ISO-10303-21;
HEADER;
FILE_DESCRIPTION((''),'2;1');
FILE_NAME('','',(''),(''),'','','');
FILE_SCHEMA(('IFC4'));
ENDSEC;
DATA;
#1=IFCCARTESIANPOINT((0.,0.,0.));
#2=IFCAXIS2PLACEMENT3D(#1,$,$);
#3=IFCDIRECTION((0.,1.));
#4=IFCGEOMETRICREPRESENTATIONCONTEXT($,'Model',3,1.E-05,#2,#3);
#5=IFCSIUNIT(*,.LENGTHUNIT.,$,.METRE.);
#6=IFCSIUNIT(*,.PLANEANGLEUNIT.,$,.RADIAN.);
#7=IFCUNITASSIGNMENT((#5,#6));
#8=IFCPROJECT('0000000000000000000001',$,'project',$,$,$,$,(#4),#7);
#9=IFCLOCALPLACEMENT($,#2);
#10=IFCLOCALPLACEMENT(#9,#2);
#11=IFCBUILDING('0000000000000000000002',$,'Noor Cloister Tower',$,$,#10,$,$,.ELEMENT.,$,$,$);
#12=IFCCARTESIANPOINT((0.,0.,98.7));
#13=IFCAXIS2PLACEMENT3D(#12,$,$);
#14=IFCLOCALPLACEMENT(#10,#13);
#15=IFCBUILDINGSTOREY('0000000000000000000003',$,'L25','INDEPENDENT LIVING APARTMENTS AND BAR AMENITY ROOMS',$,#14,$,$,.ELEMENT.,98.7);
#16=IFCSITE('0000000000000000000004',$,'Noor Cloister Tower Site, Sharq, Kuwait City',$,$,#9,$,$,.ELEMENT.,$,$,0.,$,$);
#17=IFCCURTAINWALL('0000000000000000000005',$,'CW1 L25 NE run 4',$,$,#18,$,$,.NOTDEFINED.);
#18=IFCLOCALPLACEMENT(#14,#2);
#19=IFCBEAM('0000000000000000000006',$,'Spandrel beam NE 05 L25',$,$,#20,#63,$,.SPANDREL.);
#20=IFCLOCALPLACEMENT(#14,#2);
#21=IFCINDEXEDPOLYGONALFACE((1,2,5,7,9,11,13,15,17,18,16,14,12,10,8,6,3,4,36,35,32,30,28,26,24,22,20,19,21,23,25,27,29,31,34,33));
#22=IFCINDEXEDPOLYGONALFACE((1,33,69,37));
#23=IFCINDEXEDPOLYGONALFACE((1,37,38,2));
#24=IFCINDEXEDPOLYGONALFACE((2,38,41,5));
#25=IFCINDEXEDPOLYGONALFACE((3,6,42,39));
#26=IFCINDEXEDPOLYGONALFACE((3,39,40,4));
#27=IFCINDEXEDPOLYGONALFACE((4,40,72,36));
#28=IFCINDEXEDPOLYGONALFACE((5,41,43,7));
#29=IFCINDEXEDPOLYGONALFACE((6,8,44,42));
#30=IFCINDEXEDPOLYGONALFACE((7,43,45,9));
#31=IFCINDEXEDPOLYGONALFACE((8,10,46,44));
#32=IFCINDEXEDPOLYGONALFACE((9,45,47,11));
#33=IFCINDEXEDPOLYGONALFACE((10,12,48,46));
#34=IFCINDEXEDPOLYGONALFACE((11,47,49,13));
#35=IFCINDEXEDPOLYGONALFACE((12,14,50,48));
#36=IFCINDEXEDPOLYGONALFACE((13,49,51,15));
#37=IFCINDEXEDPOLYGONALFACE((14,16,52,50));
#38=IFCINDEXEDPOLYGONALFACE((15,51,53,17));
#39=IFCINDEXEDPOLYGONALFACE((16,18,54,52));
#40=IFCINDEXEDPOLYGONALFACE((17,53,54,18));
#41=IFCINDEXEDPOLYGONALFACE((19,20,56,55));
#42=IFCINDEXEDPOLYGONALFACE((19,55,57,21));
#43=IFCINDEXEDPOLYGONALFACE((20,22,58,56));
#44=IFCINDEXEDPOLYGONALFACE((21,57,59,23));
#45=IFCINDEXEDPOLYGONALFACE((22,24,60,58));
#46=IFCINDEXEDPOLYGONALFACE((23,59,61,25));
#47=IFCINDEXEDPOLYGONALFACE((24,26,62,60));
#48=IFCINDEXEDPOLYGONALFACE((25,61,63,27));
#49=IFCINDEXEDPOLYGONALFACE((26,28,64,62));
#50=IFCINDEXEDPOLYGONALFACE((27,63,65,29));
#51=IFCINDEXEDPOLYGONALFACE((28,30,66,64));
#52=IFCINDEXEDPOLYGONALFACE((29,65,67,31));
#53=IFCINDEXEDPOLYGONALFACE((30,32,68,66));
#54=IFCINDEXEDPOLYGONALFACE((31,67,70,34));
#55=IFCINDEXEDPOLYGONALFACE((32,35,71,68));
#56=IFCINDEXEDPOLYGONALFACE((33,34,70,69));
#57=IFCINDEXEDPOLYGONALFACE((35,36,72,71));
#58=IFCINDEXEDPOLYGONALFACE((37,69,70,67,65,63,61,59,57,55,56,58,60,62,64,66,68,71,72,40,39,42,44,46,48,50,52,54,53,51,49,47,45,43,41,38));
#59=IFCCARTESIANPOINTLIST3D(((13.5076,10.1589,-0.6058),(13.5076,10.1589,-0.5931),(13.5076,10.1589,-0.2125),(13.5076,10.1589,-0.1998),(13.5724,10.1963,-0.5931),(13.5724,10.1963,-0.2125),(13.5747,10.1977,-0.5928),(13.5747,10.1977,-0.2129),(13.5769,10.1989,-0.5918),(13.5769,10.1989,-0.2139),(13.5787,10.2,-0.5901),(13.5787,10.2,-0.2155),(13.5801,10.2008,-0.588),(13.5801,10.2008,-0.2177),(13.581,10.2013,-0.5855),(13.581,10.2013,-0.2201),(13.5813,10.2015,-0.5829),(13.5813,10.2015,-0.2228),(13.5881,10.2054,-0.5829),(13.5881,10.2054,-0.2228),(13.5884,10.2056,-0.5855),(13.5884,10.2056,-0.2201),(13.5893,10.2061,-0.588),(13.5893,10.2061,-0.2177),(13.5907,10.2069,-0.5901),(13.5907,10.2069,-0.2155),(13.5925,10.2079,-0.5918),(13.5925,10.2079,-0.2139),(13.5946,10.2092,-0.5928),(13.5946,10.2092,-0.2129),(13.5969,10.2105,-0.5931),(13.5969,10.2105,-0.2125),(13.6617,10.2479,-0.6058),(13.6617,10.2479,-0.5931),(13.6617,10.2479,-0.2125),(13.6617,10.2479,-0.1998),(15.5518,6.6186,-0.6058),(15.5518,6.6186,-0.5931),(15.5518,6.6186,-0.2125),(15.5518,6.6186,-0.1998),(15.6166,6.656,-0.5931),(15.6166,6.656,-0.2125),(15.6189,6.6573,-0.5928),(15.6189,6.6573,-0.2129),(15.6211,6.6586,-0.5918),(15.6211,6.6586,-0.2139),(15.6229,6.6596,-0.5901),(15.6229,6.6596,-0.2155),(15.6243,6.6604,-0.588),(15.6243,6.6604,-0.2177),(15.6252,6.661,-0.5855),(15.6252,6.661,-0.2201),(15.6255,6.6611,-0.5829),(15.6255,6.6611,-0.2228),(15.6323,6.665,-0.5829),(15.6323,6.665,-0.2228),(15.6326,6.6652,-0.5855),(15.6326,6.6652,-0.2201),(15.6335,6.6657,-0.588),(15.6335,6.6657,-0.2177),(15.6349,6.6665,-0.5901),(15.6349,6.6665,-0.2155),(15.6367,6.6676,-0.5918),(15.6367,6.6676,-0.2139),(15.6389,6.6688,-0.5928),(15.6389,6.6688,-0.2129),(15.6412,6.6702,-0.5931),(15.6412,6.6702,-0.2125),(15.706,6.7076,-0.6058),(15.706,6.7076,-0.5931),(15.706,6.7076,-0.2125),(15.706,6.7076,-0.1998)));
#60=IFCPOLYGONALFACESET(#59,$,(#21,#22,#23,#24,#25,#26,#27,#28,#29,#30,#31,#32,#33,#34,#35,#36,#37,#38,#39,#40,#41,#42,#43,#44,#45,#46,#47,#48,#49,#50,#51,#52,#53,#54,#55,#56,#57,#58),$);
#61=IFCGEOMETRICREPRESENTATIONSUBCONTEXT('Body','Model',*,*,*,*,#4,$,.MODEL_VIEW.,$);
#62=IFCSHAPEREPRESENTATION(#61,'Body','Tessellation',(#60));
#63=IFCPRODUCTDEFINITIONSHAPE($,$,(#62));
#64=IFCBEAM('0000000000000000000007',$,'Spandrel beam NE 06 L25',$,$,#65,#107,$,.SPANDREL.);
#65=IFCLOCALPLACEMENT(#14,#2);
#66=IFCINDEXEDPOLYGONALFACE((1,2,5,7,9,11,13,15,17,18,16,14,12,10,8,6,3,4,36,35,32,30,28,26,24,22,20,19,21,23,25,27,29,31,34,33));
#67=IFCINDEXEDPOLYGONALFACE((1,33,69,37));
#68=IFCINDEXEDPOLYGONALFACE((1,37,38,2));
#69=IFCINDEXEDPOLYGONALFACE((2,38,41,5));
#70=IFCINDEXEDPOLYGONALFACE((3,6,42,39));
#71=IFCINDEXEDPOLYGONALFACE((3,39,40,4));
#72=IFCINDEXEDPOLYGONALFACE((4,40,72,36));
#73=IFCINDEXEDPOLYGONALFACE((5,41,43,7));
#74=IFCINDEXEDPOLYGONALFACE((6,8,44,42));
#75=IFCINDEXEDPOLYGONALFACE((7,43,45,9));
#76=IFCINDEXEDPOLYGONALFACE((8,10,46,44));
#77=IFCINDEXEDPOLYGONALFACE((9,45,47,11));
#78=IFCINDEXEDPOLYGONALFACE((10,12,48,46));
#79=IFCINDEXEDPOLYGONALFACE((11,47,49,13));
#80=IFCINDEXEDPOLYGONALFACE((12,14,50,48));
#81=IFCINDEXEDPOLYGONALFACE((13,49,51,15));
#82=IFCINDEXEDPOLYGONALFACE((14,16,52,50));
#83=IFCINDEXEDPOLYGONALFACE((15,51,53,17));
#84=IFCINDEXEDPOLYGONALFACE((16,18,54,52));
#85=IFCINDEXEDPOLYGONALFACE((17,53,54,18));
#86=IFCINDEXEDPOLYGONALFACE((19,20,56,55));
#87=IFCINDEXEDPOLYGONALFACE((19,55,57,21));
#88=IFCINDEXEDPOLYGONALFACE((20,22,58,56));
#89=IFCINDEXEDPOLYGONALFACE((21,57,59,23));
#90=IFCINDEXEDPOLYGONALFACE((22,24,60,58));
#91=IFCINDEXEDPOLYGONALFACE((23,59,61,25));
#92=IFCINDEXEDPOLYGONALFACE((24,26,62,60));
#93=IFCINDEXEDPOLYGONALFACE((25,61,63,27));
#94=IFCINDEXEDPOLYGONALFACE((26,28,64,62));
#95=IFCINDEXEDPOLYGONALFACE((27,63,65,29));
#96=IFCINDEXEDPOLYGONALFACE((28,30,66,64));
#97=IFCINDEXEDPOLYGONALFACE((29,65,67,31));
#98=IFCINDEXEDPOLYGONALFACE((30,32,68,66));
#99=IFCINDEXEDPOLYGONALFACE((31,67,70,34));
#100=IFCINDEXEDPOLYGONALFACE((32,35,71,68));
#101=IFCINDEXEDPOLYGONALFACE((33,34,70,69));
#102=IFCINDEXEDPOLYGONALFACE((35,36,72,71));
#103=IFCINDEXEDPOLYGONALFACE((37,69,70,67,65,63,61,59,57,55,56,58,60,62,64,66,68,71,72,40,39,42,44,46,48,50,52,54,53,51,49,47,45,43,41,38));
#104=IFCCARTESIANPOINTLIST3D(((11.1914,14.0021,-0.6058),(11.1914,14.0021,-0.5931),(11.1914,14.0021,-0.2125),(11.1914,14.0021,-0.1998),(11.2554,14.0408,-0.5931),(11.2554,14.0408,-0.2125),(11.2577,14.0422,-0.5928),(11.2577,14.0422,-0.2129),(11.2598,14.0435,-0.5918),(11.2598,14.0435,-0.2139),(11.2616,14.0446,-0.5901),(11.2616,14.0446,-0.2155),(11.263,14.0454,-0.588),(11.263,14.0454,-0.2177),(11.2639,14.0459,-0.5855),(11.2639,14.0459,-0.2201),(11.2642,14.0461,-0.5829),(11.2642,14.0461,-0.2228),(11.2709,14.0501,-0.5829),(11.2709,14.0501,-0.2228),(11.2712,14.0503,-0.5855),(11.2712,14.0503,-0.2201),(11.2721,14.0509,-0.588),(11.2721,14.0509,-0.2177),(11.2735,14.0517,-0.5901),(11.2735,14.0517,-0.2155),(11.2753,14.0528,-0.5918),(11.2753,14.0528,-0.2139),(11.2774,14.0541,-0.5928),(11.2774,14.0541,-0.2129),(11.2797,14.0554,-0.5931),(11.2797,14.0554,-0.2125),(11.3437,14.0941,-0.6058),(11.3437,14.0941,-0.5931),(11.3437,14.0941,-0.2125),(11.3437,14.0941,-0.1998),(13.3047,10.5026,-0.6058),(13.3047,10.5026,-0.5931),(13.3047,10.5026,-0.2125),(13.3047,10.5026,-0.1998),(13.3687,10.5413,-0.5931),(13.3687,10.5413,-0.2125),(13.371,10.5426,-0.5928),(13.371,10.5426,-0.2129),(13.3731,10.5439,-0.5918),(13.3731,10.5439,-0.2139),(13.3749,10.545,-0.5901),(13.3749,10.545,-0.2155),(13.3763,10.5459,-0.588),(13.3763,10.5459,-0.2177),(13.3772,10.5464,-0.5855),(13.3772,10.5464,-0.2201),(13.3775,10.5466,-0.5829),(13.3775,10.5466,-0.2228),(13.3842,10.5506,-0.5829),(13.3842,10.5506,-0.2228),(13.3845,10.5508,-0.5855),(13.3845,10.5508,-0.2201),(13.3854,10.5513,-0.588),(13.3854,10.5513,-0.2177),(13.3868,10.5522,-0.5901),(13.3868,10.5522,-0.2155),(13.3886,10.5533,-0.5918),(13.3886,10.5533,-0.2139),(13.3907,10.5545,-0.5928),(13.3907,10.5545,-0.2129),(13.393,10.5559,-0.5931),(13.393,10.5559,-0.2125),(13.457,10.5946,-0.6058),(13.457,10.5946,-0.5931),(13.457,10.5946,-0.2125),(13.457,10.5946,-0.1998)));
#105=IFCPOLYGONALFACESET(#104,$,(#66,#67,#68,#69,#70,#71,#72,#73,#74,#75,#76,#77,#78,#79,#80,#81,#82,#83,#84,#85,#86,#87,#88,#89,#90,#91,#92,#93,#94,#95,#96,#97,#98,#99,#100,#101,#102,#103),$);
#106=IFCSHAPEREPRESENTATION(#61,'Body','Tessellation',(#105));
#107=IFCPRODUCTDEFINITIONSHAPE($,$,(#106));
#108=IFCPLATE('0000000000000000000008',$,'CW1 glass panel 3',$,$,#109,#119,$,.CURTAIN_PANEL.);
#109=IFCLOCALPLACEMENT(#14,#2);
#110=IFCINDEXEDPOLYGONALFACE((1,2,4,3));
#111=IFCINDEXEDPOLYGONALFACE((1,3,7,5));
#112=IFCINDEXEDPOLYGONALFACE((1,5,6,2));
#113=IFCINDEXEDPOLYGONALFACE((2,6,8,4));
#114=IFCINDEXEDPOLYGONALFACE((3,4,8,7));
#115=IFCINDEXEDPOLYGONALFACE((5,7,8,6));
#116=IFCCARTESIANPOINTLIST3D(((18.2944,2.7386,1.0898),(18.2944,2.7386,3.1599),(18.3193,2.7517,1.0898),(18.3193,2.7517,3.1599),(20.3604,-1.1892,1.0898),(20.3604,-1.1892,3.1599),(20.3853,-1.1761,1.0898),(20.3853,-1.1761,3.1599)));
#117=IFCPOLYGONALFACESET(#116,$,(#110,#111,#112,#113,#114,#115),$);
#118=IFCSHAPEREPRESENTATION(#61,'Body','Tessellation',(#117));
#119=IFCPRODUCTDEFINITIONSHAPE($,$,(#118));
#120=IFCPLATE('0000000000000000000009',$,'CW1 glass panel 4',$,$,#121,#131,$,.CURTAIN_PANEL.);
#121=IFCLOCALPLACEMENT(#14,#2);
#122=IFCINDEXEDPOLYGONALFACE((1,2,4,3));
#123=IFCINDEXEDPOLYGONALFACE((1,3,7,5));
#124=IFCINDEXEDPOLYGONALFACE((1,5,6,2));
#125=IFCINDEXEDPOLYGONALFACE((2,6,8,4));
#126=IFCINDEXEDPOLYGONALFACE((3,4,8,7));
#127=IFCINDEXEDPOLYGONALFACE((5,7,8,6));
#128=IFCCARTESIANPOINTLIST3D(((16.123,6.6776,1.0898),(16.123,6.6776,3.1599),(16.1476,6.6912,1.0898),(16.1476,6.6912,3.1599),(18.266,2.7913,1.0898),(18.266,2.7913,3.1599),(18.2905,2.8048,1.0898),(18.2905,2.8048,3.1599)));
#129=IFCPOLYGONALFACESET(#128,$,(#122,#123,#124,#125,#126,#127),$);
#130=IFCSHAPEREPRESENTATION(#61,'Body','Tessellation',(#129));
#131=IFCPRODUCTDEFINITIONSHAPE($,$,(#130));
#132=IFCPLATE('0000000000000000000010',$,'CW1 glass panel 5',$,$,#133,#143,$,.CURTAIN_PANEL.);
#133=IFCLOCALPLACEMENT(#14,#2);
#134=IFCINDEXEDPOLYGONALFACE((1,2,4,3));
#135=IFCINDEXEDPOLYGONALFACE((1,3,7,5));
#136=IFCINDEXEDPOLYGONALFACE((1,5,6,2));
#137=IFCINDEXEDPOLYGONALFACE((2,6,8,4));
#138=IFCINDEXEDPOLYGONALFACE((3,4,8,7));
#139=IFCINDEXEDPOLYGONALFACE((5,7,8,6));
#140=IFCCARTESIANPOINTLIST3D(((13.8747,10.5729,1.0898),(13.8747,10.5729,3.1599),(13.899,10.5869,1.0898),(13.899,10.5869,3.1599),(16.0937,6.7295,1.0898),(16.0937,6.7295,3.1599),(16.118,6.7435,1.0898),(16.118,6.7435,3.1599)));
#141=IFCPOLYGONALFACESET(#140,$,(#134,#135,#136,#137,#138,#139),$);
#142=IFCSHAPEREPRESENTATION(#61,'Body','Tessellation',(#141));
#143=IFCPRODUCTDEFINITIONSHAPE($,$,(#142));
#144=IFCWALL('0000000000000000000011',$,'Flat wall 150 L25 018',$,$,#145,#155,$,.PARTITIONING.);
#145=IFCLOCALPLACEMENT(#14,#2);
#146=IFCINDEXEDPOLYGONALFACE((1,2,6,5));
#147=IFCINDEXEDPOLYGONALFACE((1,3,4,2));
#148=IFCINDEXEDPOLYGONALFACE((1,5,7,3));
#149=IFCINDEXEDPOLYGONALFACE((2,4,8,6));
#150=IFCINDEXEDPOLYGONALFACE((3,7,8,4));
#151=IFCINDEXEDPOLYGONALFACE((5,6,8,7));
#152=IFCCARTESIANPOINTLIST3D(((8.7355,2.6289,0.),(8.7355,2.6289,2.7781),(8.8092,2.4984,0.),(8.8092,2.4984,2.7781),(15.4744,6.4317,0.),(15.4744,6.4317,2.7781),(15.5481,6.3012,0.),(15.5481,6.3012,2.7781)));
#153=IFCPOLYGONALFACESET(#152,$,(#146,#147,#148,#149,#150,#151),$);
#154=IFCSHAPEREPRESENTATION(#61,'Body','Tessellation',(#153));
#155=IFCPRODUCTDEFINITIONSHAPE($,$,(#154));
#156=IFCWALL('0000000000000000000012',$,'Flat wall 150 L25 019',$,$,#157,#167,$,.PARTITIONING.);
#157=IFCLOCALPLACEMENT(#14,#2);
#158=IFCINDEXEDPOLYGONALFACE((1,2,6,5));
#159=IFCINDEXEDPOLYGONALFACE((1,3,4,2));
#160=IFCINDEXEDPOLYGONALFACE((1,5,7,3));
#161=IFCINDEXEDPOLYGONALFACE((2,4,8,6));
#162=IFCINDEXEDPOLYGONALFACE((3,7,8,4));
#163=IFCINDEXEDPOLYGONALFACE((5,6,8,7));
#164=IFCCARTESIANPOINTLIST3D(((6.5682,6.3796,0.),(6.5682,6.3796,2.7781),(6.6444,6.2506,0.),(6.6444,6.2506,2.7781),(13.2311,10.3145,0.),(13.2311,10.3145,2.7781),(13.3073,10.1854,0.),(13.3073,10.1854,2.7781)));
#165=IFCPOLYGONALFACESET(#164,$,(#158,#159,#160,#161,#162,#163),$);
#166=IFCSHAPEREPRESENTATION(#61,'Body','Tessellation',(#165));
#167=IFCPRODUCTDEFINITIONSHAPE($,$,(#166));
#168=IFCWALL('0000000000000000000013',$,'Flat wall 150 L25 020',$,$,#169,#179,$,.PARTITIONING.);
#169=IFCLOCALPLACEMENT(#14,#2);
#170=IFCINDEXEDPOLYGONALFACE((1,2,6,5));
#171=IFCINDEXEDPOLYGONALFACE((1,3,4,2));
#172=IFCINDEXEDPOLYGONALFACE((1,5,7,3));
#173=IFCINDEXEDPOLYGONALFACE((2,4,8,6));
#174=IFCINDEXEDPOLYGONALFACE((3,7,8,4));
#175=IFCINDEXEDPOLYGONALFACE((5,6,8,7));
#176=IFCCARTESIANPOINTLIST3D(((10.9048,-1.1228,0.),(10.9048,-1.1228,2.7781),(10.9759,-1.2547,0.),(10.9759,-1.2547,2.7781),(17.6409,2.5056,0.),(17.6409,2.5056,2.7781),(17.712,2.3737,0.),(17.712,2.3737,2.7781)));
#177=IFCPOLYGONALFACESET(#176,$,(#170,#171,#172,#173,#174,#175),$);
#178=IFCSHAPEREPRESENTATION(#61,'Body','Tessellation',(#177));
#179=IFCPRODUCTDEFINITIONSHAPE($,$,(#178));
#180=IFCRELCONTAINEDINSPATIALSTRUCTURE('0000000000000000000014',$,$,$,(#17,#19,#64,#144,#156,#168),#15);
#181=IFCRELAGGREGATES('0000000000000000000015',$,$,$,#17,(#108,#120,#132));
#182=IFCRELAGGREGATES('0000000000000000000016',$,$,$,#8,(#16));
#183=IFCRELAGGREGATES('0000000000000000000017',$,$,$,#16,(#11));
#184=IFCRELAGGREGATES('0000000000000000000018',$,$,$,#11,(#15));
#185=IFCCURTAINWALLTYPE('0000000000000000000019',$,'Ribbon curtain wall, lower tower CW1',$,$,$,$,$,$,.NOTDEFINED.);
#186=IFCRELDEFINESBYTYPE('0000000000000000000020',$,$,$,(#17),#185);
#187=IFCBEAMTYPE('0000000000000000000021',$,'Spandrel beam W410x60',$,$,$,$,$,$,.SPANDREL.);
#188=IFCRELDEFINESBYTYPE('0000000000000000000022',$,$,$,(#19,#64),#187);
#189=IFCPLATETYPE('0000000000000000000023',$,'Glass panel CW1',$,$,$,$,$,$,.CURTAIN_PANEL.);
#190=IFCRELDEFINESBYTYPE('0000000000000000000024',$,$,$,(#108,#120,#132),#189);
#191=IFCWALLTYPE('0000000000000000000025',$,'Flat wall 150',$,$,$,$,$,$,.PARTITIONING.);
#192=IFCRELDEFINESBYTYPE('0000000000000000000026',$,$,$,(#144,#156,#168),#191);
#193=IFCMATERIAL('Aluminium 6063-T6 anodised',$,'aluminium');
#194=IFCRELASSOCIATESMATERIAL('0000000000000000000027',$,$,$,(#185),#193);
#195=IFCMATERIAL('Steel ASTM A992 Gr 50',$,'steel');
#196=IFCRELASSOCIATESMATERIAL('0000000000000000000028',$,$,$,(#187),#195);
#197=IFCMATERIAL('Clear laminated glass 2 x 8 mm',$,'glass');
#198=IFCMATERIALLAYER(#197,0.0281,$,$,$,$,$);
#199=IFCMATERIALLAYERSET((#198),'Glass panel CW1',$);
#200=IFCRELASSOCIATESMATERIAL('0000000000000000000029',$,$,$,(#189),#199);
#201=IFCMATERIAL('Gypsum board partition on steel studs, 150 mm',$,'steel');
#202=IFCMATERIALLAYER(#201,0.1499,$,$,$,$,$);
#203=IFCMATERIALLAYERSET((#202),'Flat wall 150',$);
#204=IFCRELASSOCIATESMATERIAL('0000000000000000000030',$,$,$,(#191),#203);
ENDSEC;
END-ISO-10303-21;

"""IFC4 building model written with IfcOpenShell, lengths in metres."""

from ifc_helpers import new_model, si_unit, direction, frame, frame_2d, origin, origin_2d, place, context, subcontext, project, spatial, rectangle, i_section, extrude, material, layer, layer_set, material_profile, profile_set, type_object, element, aggregate, save


model = new_model("IFC4")

# Units and contexts
model_context = context("Model", 3, precision=1e-05, world=origin(), true_north=direction((0.0, 1.0)))
body_context = subcontext(model_context, "Body", "Model", "MODEL_VIEW")
ifc_project = project(units=[si_unit("LENGTHUNIT", "METRE"), si_unit("PLANEANGLEUNIT", "RADIAN")], contexts=[model_context])

# Site, building, storey
site_placement = place(None, origin())
site = spatial("IfcSite", under=ifc_project, at=site_placement, Name="Noor Cloister Tower Site, Sharq, Kuwait City", CompositionType="ELEMENT", RefElevation=0.0)
building_placement = place(site_placement, origin())
building = spatial("IfcBuilding", under=site, at=building_placement, Name="Noor Cloister Tower", CompositionType="ELEMENT")
storey_placement = place(building_placement, frame((0.0, 0.0, 98.7)))
storey = spatial("IfcBuildingStorey", under=building, at=storey_placement, Name="L25", Description="INDEPENDENT LIVING APARTMENTS AND BAR AMENITY ROOMS", CompositionType="ELEMENT", Elevation=98.7)

# Curtain wall
ifc_material_1 = material(Name="Aluminium 6063-T6 anodised", Category="aluminium")
curtain_wall_type = type_object("IfcCurtainWallType", Name="Ribbon curtain wall, lower tower CW1", PredefinedType="NOTDEFINED", material=ifc_material_1)
curtain_wall_placement = place(storey_placement, origin())
curtain_wall = element("IfcCurtainWall", 1, at=curtain_wall_placement, inside=storey, type_object=curtain_wall_type, Name="CW1 L25 NE run 4", PredefinedType="NOTDEFINED")

# Beams
ifc_material_2 = material(Name="Steel ASTM A992 Gr 50", Category="steel")
ifc_material_profile_1 = material_profile(ifc_material_2, i_section(OverallWidth=0.178, OverallDepth=0.406, WebThickness=0.0078, FlangeThickness=0.0127, FilletRadius=0.0103, at=origin_2d()), Name="W410x60")
ifc_profile_set_1 = profile_set([ifc_material_profile_1], Name="Steel ASTM A992 Gr 50")
beam_type_1 = type_object("IfcBeamType", Name="Spandrel beam W410x60", PredefinedType="SPANDREL", material=ifc_profile_set_1)
for number, where, z_axis, x_axis, name in (
    (2, (15.6289, 6.6631, -0.4028), (-0.500038, 0.866004, 0.0), (-0.866004, -0.500038, 0.0), "Spandrel beam NE 05 L25"),
    (3, (13.3809, 10.5486, -0.4028), (-0.516935, 0.856025, 0.0), (-0.856025, -0.516935, 0.0), "Spandrel beam NE 06 L25"),
):
    element("IfcBeam", number, at=place(storey_placement, frame(where, z_axis=z_axis, x_axis=x_axis)), inside=storey, type_object=beam_type_1, Name=name, PredefinedType="SPANDREL", context=body_context, shape_type="SweptSolid", body=[
        extrude(i_section(OverallWidth=0.178, OverallDepth=0.406, WebThickness=0.0078, FlangeThickness=0.0127, FilletRadius=0.0103, at=origin_2d()), origin(), (0.0, 0.0, 1.0), 4.0881),
    ])

# Plates
ifc_material_3 = material(Name="Clear laminated glass 2 x 8 mm", Category="glass")
ifc_layer_1 = layer(ifc_material_3, 0.0281)
ifc_layer_set_1 = layer_set([ifc_layer_1], Name="Glass panel CW1")
plate_type = type_object("IfcPlateType", Name="Glass panel CW1", PredefinedType="CURTAIN_PANEL", material=ifc_layer_set_1)
plate_1_placement = place(storey_placement, frame((19.3398, 0.7812, 1.0898), z_axis=(0.0, 0.0, 1.0), x_axis=(-0.465529, 0.885033, 0.0)))
plate_1 = element("IfcPlate", 4, at=plate_1_placement, type_object=plate_type, Name="CW1 glass panel 3", PredefinedType="CURTAIN_PANEL", context=body_context, shape_type="SweptSolid", body=[
    extrude(rectangle(XDim=4.438, YDim=0.0281, at=origin_2d()), origin(), (0.0, 0.0, 1.0), 2.0701),
])
plate_2_placement = place(storey_placement, frame((17.2068, 4.7412, 1.0898), z_axis=(0.0, 0.0, 1.0), x_axis=(-0.482858, 0.875699, 0.0)))
plate_2 = element("IfcPlate", 5, at=plate_2_placement, type_object=plate_type, Name="CW1 glass panel 4", PredefinedType="CURTAIN_PANEL", context=body_context, shape_type="SweptSolid", body=[
    extrude(rectangle(XDim=4.438, YDim=0.0281, at=origin_2d()), origin(), (0.0, 0.0, 1.0), 2.0701),
])
plate_3_placement = place(storey_placement, frame((14.9963, 8.6582, 1.0898), z_axis=(0.0, 0.0, 1.0), x_axis=(-0.5, 0.866025, 0.0)))
plate_3 = element("IfcPlate", 6, at=plate_3_placement, type_object=plate_type, Name="CW1 glass panel 5", PredefinedType="CURTAIN_PANEL", context=body_context, shape_type="SweptSolid", body=[
    extrude(rectangle(XDim=4.438, YDim=0.0281, at=origin_2d()), origin(), (0.0, 0.0, 1.0), 2.0701),
])
aggregate(curtain_wall, [plate_1, plate_2, plate_3])

# Walls
ifc_material_4 = material(Name="Gypsum board partition on steel studs, 150 mm", Category="steel")
ifc_layer_2 = layer(ifc_material_4, 0.1499)
ifc_layer_set_2 = layer_set([ifc_layer_2], Name="Flat wall 150")
wall_type_1 = type_object("IfcWallType", Name="Flat wall 150", PredefinedType="PARTITIONING", material=ifc_layer_set_2)
wall_1_placement = place(storey_placement, frame((15.5112, 6.3665, 0.0), z_axis=(0.0, 0.0, 1.0), x_axis=(-0.870902, -0.491456, 0.0)))
element("IfcWall", 7, at=wall_1_placement, inside=storey, type_object=wall_type_1, Name="Flat wall 150 L25 018", PredefinedType="PARTITIONING", context=body_context, shape_type="SweptSolid", body=[
    extrude(rectangle(XDim=7.7378, YDim=0.1499, at=frame_2d((3.8689, 0.0))), origin(), (0.0, 0.0, 1.0), 2.7781),
])
wall_2_placement = place(storey_placement, frame((13.2693, 10.25, 0.0), z_axis=(0.0, 0.0, 1.0), x_axis=(-0.861058, -0.508507, 0.0)))
element("IfcWall", 8, at=wall_2_placement, inside=storey, type_object=wall_type_1, Name="Flat wall 150 L25 019", PredefinedType="PARTITIONING", context=body_context, shape_type="SweptSolid", body=[
    extrude(rectangle(XDim=7.738, YDim=0.1499, at=frame_2d((3.8691, 0.0))), origin(), (0.0, 0.0, 1.0), 2.7781),
])
wall_3_placement = place(storey_placement, frame((17.6765, 2.4397, 0.0), z_axis=(0.0, 0.0, 1.0), x_axis=(-0.8804, -0.474231, 0.0)))
element("IfcWall", 9, at=wall_3_placement, inside=storey, type_object=wall_type_1, Name="Flat wall 150 L25 020", PredefinedType="PARTITIONING", context=body_context, shape_type="SweptSolid", body=[
    extrude(rectangle(XDim=7.6511, YDim=0.1499, at=frame_2d((3.8257, 0.0))), origin(), (0.0, 0.0, 1.0), 2.7781),
])

save(model, "model.ifc")
